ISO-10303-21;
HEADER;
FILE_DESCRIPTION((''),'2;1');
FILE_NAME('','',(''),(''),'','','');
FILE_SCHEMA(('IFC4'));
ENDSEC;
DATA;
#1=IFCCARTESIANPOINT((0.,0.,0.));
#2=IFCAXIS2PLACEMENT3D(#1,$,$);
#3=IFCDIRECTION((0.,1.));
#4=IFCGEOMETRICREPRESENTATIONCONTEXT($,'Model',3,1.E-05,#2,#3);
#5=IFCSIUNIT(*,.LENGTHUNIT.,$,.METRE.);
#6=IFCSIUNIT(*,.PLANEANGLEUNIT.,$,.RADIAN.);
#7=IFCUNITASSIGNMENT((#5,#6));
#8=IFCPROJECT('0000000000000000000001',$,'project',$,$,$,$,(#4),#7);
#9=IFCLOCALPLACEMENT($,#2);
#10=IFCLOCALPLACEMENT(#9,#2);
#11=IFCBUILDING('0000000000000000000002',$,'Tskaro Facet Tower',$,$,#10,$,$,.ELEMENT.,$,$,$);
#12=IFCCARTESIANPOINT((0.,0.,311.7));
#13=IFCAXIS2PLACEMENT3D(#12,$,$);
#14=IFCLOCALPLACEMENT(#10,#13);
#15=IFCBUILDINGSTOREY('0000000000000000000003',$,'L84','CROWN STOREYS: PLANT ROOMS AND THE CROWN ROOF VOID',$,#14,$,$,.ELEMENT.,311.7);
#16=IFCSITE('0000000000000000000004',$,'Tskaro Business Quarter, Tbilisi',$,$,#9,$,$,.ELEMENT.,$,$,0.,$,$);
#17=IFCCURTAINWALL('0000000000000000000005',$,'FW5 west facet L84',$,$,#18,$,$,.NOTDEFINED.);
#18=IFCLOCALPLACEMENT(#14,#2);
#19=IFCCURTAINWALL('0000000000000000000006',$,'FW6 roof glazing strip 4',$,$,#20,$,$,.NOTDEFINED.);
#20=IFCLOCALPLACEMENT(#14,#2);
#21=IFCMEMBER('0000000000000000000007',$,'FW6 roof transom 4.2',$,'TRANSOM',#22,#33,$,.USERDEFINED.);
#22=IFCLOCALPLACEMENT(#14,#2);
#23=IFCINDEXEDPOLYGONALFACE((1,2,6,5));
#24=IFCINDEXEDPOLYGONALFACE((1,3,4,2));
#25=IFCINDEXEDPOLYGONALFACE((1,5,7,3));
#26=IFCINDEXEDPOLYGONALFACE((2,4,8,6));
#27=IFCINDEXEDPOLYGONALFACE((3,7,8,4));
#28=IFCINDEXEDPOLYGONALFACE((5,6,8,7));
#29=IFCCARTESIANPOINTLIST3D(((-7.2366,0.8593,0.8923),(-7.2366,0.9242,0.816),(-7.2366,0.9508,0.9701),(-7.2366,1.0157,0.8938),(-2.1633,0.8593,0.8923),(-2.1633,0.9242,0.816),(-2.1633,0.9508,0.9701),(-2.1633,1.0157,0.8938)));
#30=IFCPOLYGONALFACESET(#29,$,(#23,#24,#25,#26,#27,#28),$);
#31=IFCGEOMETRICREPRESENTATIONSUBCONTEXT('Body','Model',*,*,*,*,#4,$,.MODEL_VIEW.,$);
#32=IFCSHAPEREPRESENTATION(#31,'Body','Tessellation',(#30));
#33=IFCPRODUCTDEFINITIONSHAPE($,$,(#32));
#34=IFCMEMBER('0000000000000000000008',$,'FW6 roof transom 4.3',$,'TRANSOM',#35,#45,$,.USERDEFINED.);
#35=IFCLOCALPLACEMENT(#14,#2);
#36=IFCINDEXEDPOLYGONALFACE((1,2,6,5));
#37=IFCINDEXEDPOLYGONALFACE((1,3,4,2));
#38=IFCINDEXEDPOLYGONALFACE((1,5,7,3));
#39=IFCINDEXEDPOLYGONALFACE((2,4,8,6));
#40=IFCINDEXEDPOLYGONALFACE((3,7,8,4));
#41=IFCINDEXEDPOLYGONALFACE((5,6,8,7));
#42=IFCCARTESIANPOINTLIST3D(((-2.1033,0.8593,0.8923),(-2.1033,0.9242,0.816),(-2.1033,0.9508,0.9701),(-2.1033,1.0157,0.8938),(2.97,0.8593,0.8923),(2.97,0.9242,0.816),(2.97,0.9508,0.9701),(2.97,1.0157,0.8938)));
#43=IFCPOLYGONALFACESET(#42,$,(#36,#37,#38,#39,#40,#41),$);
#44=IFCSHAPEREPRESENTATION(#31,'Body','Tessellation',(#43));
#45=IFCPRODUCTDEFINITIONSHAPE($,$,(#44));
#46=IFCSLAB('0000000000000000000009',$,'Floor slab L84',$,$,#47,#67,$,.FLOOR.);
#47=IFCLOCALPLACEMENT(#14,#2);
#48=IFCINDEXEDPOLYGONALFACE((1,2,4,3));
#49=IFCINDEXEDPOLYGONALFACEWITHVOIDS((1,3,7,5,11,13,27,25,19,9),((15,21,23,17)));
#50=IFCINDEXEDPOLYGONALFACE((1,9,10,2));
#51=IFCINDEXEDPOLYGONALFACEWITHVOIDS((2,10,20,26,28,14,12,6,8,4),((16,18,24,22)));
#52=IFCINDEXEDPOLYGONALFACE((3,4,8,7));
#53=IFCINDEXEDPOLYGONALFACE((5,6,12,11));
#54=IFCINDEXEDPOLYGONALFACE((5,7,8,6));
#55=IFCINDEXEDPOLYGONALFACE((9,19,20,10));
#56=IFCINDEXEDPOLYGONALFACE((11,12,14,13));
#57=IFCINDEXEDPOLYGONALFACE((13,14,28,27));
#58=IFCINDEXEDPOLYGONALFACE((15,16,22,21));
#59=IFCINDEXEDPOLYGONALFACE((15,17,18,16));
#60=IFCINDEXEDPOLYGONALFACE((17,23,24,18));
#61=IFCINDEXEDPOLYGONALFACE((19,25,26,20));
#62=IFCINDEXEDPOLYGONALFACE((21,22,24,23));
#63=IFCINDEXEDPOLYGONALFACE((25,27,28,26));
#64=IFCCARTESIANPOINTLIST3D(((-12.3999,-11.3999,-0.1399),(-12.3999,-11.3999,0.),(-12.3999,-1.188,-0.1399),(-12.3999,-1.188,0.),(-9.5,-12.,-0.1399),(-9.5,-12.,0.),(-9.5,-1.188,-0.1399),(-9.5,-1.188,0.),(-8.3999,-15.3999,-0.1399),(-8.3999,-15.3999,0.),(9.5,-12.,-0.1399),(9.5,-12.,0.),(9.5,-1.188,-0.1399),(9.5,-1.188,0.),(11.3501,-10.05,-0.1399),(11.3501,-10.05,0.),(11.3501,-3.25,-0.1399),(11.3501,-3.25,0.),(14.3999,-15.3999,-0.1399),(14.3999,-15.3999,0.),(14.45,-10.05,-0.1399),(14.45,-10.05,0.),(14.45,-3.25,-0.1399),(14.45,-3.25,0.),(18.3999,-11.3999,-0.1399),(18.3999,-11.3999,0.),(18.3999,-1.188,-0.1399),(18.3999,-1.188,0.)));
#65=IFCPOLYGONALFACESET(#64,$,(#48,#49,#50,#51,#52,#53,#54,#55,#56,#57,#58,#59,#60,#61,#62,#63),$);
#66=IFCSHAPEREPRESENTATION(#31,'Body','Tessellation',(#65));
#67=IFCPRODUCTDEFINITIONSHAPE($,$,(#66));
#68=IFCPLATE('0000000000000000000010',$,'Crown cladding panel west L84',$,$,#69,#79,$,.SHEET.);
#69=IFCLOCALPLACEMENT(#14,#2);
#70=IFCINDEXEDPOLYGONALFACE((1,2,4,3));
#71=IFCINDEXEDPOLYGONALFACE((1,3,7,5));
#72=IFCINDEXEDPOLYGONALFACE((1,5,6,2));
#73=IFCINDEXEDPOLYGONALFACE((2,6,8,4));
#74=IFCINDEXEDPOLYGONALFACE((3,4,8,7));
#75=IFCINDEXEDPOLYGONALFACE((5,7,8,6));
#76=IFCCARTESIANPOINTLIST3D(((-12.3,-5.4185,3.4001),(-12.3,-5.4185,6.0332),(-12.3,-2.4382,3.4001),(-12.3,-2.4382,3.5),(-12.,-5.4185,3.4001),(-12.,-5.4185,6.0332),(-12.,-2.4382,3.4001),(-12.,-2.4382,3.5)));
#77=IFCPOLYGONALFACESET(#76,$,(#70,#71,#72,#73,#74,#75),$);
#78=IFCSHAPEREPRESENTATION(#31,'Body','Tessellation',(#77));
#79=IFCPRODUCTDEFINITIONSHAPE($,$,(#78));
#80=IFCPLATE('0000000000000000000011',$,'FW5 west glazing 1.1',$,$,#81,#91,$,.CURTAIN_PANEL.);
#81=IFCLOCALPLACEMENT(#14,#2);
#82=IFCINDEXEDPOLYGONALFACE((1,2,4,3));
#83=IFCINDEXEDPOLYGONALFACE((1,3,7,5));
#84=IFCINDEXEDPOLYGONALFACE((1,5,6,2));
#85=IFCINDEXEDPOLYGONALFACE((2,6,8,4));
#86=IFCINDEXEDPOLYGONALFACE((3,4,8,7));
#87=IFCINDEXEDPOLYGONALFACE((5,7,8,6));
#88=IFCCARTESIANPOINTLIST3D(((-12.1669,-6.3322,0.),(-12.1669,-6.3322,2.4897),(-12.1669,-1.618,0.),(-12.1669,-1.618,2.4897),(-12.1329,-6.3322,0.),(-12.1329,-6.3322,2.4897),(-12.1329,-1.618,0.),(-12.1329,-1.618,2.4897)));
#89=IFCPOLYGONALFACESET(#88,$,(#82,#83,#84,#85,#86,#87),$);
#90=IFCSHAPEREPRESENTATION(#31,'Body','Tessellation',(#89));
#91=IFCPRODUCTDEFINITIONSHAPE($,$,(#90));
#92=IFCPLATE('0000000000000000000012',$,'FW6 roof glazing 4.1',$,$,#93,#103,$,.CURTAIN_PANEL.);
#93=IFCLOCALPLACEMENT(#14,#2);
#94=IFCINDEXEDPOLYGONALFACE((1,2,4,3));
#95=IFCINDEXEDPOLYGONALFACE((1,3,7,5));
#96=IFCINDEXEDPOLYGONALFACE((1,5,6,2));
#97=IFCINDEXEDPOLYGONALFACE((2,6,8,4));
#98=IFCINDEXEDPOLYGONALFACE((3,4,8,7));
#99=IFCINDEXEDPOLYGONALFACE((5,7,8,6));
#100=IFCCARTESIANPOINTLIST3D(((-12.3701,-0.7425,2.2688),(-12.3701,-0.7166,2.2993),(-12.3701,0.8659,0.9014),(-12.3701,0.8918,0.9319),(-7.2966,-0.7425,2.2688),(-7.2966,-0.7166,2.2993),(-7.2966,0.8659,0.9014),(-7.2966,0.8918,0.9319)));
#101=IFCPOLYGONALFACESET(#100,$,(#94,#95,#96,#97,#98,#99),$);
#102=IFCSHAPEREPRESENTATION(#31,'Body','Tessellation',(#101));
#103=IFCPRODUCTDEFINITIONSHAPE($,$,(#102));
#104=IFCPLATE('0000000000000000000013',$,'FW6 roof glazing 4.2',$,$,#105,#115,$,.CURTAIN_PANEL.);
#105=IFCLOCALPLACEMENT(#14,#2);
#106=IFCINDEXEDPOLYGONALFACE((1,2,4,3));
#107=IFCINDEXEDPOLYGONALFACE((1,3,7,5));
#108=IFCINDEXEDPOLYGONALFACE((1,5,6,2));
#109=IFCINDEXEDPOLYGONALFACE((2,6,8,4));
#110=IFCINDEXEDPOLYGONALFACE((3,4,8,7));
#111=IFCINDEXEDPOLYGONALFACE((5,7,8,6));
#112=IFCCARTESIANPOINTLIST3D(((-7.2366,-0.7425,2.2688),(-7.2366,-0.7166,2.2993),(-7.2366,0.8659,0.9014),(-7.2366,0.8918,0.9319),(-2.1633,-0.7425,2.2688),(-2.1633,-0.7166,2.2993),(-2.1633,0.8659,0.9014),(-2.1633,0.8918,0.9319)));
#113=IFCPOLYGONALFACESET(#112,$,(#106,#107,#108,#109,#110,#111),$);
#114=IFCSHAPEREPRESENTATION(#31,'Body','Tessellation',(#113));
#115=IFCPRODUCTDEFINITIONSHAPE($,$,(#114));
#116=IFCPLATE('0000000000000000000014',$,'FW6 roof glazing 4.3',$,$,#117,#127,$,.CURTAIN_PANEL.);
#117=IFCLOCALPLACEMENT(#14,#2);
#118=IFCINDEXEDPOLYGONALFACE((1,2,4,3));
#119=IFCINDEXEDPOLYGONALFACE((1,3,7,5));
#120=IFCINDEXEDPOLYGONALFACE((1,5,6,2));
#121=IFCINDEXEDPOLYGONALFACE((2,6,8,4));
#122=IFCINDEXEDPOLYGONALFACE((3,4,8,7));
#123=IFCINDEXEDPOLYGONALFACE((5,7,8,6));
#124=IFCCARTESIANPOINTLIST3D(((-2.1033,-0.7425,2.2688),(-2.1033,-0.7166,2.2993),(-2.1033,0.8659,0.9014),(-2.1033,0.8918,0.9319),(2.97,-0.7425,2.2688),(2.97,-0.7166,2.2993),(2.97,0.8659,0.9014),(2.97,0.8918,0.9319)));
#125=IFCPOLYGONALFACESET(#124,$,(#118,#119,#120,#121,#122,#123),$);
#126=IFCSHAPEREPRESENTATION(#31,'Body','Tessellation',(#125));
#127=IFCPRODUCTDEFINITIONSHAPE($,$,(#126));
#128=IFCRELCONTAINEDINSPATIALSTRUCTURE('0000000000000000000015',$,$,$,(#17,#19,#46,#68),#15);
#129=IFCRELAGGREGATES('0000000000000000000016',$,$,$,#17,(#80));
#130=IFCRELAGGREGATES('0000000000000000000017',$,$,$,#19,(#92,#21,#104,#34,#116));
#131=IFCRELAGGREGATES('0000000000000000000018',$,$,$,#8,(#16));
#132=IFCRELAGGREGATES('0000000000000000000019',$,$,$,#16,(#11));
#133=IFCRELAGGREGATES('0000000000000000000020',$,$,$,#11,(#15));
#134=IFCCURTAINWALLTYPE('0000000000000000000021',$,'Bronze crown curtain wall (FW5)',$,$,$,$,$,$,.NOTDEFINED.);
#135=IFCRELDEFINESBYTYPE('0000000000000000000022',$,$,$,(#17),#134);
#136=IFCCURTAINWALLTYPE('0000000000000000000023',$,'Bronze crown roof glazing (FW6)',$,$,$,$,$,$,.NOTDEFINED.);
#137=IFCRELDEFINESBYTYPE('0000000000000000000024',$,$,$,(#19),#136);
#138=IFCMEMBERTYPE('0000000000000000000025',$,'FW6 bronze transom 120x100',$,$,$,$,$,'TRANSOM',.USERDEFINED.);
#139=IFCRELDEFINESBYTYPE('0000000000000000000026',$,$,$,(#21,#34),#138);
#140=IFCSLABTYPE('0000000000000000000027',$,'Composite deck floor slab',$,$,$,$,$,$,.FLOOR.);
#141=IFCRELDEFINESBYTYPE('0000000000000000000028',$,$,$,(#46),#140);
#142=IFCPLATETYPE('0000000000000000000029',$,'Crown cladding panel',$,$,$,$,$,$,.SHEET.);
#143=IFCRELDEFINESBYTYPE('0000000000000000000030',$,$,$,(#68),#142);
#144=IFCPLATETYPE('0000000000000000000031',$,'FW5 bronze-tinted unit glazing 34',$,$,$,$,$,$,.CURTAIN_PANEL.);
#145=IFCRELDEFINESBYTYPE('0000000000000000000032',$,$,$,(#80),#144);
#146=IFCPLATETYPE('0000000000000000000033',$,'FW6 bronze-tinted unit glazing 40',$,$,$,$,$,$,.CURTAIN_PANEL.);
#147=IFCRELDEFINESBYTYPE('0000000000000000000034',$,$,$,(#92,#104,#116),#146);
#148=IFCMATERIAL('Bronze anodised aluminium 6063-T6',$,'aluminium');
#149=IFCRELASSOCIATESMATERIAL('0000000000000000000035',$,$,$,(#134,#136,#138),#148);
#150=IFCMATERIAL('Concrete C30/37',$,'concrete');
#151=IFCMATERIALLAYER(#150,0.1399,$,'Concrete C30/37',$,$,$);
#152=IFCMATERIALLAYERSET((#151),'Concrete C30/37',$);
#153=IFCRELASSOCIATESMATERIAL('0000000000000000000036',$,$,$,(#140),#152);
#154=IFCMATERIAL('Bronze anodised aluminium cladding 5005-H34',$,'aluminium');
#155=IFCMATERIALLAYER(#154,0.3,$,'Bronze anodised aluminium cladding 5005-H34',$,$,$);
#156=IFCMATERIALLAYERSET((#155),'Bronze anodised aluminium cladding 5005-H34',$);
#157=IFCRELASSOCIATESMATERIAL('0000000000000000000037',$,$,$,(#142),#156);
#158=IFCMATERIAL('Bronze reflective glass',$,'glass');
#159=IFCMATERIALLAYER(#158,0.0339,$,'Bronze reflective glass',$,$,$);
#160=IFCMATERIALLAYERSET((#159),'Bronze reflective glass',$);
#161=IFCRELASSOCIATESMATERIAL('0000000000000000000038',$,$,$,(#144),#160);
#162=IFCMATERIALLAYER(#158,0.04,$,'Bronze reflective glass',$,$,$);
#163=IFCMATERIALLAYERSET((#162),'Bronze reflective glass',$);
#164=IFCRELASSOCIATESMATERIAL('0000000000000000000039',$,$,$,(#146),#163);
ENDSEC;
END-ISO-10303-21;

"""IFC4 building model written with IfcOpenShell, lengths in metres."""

from ifc_helpers import new_model, si_unit, direction, frame, origin, origin_2d, place, context, subcontext, project, spatial, polyline, rectangle, outline, extrude, material, layer, layer_set, material_profile, profile_set, type_object, element, aggregate, save


model = new_model("IFC4")

# Units and contexts
model_context = context("Model", 3, precision=1e-05, world=origin(), true_north=direction((0.0, 1.0)))
body_context = subcontext(model_context, "Body", "Model", "MODEL_VIEW")
ifc_project = project(units=[si_unit("LENGTHUNIT", "METRE"), si_unit("PLANEANGLEUNIT", "RADIAN")], contexts=[model_context])

# Site, building, storey
site_placement = place(None, origin())
site = spatial("IfcSite", under=ifc_project, at=site_placement, Name="Tskaro Business Quarter, Tbilisi", CompositionType="ELEMENT", RefElevation=0.0)
building_placement = place(site_placement, origin())
building = spatial("IfcBuilding", under=site, at=building_placement, Name="Tskaro Facet Tower", CompositionType="ELEMENT")
storey_placement = place(building_placement, frame((0.0, 0.0, 311.7)))
storey = spatial("IfcBuildingStorey", under=building, at=storey_placement, Name="L84", Description="CROWN STOREYS: PLANT ROOMS AND THE CROWN ROOF VOID", CompositionType="ELEMENT", Elevation=311.7)

# Curtain walls, members
ifc_material_1 = material(Name="Bronze anodised aluminium 6063-T6", Category="aluminium")
curtain_wall_type_1 = type_object("IfcCurtainWallType", Name="Bronze crown curtain wall (FW5)", PredefinedType="NOTDEFINED", material=ifc_material_1)
curtain_wall_1_placement = place(storey_placement, origin())
curtain_wall_1 = element("IfcCurtainWall", 1, at=curtain_wall_1_placement, inside=storey, type_object=curtain_wall_type_1, Name="FW5 west facet L84", PredefinedType="NOTDEFINED")
curtain_wall_type_2 = type_object("IfcCurtainWallType", Name="Bronze crown roof glazing (FW6)", PredefinedType="NOTDEFINED", material=ifc_material_1)
curtain_wall_2_placement = place(storey_placement, origin())
curtain_wall_2 = element("IfcCurtainWall", 2, at=curtain_wall_2_placement, inside=storey, type_object=curtain_wall_type_2, Name="FW6 roof glazing strip 4", PredefinedType="NOTDEFINED")
ifc_material_profile_1 = material_profile(ifc_material_1, rectangle(XDim=0.1201, YDim=0.1001, at=origin_2d()), Name="Transom 120x100")
ifc_profile_set_1 = profile_set([ifc_material_profile_1], Name="Bronze anodised aluminium 6063-T6")
member_type_1 = type_object("IfcMemberType", Name="FW6 bronze transom 120x100", ElementType="TRANSOM", PredefinedType="USERDEFINED", material=ifc_profile_set_1)
member_1_placement = place(storey_placement, frame((-7.2366, 0.9375, 0.8931), z_axis=(1.0, 0.0, 0.0), x_axis=(0.0, 0.761939, 0.647648)))
member_1 = element("IfcMember", 3, at=member_1_placement, type_object=member_type_1, Name="FW6 roof transom 4.2", ObjectType="TRANSOM", PredefinedType="USERDEFINED", context=body_context, shape_type="SweptSolid", body=[
    extrude(rectangle(XDim=0.1201, YDim=0.1001, at=origin_2d()), origin(), (0.0, 0.0, 1.0), 5.0732),
])
member_2_placement = place(storey_placement, frame((-2.1033, 0.9375, 0.8931), z_axis=(1.0, 0.0, 0.0), x_axis=(0.0, 0.761939, 0.647648)))
member_2 = element("IfcMember", 4, at=member_2_placement, type_object=member_type_1, Name="FW6 roof transom 4.3", ObjectType="TRANSOM", PredefinedType="USERDEFINED", context=body_context, shape_type="SweptSolid", body=[
    extrude(rectangle(XDim=0.1201, YDim=0.1001, at=origin_2d()), origin(), (0.0, 0.0, 1.0), 5.0732),
])

# Slab
ifc_material_2 = material(Name="Concrete C30/37", Category="concrete")
ifc_layer_1 = layer(ifc_material_2, 0.1399, Name="Concrete C30/37")
ifc_layer_set_1 = layer_set([ifc_layer_1], Name="Concrete C30/37")
slab_type_1 = type_object("IfcSlabType", Name="Composite deck floor slab", PredefinedType="FLOOR", material=ifc_layer_set_1)
slab_1_placement = place(storey_placement, frame((0.0, 0.0, -0.1399)))
element("IfcSlab", 5, at=slab_1_placement, inside=storey, type_object=slab_type_1, Name="Floor slab L84", PredefinedType="FLOOR", context=body_context, shape_type="SweptSolid", body=[
    extrude(outline(polyline([(18.3999, -11.3999), (14.3999, -15.3999), (-8.3999, -15.3999), (-12.3999, -11.3999), (-12.3999, -1.188), (-9.5, -1.188), (-9.5, -12.0), (9.5, -12.0), (9.5, -1.188), (18.3999, -1.188), (18.3999, -11.3999)]), holes=[polyline([(14.45, -10.05), (14.45, -3.25), (11.3501, -3.25), (11.3501, -10.05), (14.45, -10.05)])]), origin(), (0.0, 0.0, 1.0), 0.1399),
])

# Plates
ifc_material_3 = material(Name="Bronze anodised aluminium cladding 5005-H34", Category="aluminium")
ifc_layer_2 = layer(ifc_material_3, 0.3, Name="Bronze anodised aluminium cladding 5005-H34")
ifc_layer_set_2 = layer_set([ifc_layer_2], Name="Bronze anodised aluminium cladding 5005-H34")
plate_type_1 = type_object("IfcPlateType", Name="Crown cladding panel", PredefinedType="SHEET", material=ifc_layer_set_2)
plate_1_placement = place(storey_placement, frame((-12.1499, -2.4382, 3.4001), z_axis=(0.0, 0.0, 1.0), x_axis=(0.0, -1.0, 0.0)))
element("IfcPlate", 6, at=plate_1_placement, inside=storey, type_object=plate_type_1, Name="Crown cladding panel west L84", PredefinedType="SHEET", context=body_context, shape_type="SweptSolid", body=[
    extrude(outline(polyline([(0.0, 0.0), (2.9802, 0.0), (2.9802, 2.6331), (0.0, 0.0999), (0.0, 0.0)])), frame((0.0, 0.1499, 0.0), z_axis=(0.0, -1.0, 0.0), x_axis=(1.0, 0.0, 0.0)), (0.0, 0.0, 1.0), 0.3),
])
ifc_material_4 = material(Name="Bronze reflective glass", Category="glass")
ifc_layer_3 = layer(ifc_material_4, 0.0339, Name="Bronze reflective glass")
ifc_layer_set_3 = layer_set([ifc_layer_3], Name="Bronze reflective glass")
plate_type_2 = type_object("IfcPlateType", Name="FW5 bronze-tinted unit glazing 34", PredefinedType="CURTAIN_PANEL", material=ifc_layer_set_3)
plate_2_placement = place(storey_placement, frame((-12.1499, -3.9751, 0.0), z_axis=(0.0, 0.0, 1.0), x_axis=(0.0, -1.0, 0.0)))
plate_2 = element("IfcPlate", 7, at=plate_2_placement, type_object=plate_type_2, Name="FW5 west glazing 1.1", PredefinedType="CURTAIN_PANEL", context=body_context, shape_type="SweptSolid", body=[
    extrude(rectangle(XDim=4.7141, YDim=0.0339, at=origin_2d()), origin(), (0.0, 0.0, 1.0), 2.4897),
])
aggregate(curtain_wall_1, [plate_2])
ifc_layer_4 = layer(ifc_material_4, 0.04, Name="Bronze reflective glass")
ifc_layer_set_4 = layer_set([ifc_layer_4], Name="Bronze reflective glass")
plate_type_3 = type_object("IfcPlateType", Name="FW6 bronze-tinted unit glazing 40", PredefinedType="CURTAIN_PANEL", material=ifc_layer_set_4)
plate_3_placement = place(storey_placement, frame((-12.3701, -0.7166, 2.2993), z_axis=(0.0, 0.647729, 0.761871), x_axis=(1.0, 0.0, 0.0)))
plate_3 = element("IfcPlate", 8, at=plate_3_placement, type_object=plate_type_3, Name="FW6 roof glazing 4.1", PredefinedType="CURTAIN_PANEL", context=body_context, shape_type="SweptSolid", body=[
    extrude(outline(polyline([(0.0, 0.0), (5.0735, 0.0), (5.0735, 2.1111), (0.0, 2.1111), (0.0, 0.0)])), origin(), (0.0, 0.0, -1.0), 0.04),
])
plate_4_placement = place(storey_placement, frame((-7.2366, -0.7166, 2.2993), z_axis=(0.0, 0.647729, 0.761871), x_axis=(1.0, 0.0, 0.0)))
plate_4 = element("IfcPlate", 9, at=plate_4_placement, type_object=plate_type_3, Name="FW6 roof glazing 4.2", PredefinedType="CURTAIN_PANEL", context=body_context, shape_type="SweptSolid", body=[
    extrude(outline(polyline([(0.0, 0.0), (5.0732, 0.0), (5.0732, 2.1111), (0.0, 2.1111), (0.0, 0.0)])), origin(), (0.0, 0.0, -1.0), 0.04),
])
plate_5_placement = place(storey_placement, frame((-2.1033, -0.7166, 2.2993), z_axis=(0.0, 0.647729, 0.761871), x_axis=(1.0, 0.0, 0.0)))
plate_5 = element("IfcPlate", 10, at=plate_5_placement, type_object=plate_type_3, Name="FW6 roof glazing 4.3", PredefinedType="CURTAIN_PANEL", context=body_context, shape_type="SweptSolid", body=[
    extrude(outline(polyline([(0.0, 0.0), (5.0732, 0.0), (5.0732, 2.1111), (0.0, 2.1111), (0.0, 0.0)])), origin(), (0.0, 0.0, -1.0), 0.04),
])
aggregate(curtain_wall_2, [plate_3, member_1, plate_4, member_2, plate_5])

save(model, "model.ifc")
